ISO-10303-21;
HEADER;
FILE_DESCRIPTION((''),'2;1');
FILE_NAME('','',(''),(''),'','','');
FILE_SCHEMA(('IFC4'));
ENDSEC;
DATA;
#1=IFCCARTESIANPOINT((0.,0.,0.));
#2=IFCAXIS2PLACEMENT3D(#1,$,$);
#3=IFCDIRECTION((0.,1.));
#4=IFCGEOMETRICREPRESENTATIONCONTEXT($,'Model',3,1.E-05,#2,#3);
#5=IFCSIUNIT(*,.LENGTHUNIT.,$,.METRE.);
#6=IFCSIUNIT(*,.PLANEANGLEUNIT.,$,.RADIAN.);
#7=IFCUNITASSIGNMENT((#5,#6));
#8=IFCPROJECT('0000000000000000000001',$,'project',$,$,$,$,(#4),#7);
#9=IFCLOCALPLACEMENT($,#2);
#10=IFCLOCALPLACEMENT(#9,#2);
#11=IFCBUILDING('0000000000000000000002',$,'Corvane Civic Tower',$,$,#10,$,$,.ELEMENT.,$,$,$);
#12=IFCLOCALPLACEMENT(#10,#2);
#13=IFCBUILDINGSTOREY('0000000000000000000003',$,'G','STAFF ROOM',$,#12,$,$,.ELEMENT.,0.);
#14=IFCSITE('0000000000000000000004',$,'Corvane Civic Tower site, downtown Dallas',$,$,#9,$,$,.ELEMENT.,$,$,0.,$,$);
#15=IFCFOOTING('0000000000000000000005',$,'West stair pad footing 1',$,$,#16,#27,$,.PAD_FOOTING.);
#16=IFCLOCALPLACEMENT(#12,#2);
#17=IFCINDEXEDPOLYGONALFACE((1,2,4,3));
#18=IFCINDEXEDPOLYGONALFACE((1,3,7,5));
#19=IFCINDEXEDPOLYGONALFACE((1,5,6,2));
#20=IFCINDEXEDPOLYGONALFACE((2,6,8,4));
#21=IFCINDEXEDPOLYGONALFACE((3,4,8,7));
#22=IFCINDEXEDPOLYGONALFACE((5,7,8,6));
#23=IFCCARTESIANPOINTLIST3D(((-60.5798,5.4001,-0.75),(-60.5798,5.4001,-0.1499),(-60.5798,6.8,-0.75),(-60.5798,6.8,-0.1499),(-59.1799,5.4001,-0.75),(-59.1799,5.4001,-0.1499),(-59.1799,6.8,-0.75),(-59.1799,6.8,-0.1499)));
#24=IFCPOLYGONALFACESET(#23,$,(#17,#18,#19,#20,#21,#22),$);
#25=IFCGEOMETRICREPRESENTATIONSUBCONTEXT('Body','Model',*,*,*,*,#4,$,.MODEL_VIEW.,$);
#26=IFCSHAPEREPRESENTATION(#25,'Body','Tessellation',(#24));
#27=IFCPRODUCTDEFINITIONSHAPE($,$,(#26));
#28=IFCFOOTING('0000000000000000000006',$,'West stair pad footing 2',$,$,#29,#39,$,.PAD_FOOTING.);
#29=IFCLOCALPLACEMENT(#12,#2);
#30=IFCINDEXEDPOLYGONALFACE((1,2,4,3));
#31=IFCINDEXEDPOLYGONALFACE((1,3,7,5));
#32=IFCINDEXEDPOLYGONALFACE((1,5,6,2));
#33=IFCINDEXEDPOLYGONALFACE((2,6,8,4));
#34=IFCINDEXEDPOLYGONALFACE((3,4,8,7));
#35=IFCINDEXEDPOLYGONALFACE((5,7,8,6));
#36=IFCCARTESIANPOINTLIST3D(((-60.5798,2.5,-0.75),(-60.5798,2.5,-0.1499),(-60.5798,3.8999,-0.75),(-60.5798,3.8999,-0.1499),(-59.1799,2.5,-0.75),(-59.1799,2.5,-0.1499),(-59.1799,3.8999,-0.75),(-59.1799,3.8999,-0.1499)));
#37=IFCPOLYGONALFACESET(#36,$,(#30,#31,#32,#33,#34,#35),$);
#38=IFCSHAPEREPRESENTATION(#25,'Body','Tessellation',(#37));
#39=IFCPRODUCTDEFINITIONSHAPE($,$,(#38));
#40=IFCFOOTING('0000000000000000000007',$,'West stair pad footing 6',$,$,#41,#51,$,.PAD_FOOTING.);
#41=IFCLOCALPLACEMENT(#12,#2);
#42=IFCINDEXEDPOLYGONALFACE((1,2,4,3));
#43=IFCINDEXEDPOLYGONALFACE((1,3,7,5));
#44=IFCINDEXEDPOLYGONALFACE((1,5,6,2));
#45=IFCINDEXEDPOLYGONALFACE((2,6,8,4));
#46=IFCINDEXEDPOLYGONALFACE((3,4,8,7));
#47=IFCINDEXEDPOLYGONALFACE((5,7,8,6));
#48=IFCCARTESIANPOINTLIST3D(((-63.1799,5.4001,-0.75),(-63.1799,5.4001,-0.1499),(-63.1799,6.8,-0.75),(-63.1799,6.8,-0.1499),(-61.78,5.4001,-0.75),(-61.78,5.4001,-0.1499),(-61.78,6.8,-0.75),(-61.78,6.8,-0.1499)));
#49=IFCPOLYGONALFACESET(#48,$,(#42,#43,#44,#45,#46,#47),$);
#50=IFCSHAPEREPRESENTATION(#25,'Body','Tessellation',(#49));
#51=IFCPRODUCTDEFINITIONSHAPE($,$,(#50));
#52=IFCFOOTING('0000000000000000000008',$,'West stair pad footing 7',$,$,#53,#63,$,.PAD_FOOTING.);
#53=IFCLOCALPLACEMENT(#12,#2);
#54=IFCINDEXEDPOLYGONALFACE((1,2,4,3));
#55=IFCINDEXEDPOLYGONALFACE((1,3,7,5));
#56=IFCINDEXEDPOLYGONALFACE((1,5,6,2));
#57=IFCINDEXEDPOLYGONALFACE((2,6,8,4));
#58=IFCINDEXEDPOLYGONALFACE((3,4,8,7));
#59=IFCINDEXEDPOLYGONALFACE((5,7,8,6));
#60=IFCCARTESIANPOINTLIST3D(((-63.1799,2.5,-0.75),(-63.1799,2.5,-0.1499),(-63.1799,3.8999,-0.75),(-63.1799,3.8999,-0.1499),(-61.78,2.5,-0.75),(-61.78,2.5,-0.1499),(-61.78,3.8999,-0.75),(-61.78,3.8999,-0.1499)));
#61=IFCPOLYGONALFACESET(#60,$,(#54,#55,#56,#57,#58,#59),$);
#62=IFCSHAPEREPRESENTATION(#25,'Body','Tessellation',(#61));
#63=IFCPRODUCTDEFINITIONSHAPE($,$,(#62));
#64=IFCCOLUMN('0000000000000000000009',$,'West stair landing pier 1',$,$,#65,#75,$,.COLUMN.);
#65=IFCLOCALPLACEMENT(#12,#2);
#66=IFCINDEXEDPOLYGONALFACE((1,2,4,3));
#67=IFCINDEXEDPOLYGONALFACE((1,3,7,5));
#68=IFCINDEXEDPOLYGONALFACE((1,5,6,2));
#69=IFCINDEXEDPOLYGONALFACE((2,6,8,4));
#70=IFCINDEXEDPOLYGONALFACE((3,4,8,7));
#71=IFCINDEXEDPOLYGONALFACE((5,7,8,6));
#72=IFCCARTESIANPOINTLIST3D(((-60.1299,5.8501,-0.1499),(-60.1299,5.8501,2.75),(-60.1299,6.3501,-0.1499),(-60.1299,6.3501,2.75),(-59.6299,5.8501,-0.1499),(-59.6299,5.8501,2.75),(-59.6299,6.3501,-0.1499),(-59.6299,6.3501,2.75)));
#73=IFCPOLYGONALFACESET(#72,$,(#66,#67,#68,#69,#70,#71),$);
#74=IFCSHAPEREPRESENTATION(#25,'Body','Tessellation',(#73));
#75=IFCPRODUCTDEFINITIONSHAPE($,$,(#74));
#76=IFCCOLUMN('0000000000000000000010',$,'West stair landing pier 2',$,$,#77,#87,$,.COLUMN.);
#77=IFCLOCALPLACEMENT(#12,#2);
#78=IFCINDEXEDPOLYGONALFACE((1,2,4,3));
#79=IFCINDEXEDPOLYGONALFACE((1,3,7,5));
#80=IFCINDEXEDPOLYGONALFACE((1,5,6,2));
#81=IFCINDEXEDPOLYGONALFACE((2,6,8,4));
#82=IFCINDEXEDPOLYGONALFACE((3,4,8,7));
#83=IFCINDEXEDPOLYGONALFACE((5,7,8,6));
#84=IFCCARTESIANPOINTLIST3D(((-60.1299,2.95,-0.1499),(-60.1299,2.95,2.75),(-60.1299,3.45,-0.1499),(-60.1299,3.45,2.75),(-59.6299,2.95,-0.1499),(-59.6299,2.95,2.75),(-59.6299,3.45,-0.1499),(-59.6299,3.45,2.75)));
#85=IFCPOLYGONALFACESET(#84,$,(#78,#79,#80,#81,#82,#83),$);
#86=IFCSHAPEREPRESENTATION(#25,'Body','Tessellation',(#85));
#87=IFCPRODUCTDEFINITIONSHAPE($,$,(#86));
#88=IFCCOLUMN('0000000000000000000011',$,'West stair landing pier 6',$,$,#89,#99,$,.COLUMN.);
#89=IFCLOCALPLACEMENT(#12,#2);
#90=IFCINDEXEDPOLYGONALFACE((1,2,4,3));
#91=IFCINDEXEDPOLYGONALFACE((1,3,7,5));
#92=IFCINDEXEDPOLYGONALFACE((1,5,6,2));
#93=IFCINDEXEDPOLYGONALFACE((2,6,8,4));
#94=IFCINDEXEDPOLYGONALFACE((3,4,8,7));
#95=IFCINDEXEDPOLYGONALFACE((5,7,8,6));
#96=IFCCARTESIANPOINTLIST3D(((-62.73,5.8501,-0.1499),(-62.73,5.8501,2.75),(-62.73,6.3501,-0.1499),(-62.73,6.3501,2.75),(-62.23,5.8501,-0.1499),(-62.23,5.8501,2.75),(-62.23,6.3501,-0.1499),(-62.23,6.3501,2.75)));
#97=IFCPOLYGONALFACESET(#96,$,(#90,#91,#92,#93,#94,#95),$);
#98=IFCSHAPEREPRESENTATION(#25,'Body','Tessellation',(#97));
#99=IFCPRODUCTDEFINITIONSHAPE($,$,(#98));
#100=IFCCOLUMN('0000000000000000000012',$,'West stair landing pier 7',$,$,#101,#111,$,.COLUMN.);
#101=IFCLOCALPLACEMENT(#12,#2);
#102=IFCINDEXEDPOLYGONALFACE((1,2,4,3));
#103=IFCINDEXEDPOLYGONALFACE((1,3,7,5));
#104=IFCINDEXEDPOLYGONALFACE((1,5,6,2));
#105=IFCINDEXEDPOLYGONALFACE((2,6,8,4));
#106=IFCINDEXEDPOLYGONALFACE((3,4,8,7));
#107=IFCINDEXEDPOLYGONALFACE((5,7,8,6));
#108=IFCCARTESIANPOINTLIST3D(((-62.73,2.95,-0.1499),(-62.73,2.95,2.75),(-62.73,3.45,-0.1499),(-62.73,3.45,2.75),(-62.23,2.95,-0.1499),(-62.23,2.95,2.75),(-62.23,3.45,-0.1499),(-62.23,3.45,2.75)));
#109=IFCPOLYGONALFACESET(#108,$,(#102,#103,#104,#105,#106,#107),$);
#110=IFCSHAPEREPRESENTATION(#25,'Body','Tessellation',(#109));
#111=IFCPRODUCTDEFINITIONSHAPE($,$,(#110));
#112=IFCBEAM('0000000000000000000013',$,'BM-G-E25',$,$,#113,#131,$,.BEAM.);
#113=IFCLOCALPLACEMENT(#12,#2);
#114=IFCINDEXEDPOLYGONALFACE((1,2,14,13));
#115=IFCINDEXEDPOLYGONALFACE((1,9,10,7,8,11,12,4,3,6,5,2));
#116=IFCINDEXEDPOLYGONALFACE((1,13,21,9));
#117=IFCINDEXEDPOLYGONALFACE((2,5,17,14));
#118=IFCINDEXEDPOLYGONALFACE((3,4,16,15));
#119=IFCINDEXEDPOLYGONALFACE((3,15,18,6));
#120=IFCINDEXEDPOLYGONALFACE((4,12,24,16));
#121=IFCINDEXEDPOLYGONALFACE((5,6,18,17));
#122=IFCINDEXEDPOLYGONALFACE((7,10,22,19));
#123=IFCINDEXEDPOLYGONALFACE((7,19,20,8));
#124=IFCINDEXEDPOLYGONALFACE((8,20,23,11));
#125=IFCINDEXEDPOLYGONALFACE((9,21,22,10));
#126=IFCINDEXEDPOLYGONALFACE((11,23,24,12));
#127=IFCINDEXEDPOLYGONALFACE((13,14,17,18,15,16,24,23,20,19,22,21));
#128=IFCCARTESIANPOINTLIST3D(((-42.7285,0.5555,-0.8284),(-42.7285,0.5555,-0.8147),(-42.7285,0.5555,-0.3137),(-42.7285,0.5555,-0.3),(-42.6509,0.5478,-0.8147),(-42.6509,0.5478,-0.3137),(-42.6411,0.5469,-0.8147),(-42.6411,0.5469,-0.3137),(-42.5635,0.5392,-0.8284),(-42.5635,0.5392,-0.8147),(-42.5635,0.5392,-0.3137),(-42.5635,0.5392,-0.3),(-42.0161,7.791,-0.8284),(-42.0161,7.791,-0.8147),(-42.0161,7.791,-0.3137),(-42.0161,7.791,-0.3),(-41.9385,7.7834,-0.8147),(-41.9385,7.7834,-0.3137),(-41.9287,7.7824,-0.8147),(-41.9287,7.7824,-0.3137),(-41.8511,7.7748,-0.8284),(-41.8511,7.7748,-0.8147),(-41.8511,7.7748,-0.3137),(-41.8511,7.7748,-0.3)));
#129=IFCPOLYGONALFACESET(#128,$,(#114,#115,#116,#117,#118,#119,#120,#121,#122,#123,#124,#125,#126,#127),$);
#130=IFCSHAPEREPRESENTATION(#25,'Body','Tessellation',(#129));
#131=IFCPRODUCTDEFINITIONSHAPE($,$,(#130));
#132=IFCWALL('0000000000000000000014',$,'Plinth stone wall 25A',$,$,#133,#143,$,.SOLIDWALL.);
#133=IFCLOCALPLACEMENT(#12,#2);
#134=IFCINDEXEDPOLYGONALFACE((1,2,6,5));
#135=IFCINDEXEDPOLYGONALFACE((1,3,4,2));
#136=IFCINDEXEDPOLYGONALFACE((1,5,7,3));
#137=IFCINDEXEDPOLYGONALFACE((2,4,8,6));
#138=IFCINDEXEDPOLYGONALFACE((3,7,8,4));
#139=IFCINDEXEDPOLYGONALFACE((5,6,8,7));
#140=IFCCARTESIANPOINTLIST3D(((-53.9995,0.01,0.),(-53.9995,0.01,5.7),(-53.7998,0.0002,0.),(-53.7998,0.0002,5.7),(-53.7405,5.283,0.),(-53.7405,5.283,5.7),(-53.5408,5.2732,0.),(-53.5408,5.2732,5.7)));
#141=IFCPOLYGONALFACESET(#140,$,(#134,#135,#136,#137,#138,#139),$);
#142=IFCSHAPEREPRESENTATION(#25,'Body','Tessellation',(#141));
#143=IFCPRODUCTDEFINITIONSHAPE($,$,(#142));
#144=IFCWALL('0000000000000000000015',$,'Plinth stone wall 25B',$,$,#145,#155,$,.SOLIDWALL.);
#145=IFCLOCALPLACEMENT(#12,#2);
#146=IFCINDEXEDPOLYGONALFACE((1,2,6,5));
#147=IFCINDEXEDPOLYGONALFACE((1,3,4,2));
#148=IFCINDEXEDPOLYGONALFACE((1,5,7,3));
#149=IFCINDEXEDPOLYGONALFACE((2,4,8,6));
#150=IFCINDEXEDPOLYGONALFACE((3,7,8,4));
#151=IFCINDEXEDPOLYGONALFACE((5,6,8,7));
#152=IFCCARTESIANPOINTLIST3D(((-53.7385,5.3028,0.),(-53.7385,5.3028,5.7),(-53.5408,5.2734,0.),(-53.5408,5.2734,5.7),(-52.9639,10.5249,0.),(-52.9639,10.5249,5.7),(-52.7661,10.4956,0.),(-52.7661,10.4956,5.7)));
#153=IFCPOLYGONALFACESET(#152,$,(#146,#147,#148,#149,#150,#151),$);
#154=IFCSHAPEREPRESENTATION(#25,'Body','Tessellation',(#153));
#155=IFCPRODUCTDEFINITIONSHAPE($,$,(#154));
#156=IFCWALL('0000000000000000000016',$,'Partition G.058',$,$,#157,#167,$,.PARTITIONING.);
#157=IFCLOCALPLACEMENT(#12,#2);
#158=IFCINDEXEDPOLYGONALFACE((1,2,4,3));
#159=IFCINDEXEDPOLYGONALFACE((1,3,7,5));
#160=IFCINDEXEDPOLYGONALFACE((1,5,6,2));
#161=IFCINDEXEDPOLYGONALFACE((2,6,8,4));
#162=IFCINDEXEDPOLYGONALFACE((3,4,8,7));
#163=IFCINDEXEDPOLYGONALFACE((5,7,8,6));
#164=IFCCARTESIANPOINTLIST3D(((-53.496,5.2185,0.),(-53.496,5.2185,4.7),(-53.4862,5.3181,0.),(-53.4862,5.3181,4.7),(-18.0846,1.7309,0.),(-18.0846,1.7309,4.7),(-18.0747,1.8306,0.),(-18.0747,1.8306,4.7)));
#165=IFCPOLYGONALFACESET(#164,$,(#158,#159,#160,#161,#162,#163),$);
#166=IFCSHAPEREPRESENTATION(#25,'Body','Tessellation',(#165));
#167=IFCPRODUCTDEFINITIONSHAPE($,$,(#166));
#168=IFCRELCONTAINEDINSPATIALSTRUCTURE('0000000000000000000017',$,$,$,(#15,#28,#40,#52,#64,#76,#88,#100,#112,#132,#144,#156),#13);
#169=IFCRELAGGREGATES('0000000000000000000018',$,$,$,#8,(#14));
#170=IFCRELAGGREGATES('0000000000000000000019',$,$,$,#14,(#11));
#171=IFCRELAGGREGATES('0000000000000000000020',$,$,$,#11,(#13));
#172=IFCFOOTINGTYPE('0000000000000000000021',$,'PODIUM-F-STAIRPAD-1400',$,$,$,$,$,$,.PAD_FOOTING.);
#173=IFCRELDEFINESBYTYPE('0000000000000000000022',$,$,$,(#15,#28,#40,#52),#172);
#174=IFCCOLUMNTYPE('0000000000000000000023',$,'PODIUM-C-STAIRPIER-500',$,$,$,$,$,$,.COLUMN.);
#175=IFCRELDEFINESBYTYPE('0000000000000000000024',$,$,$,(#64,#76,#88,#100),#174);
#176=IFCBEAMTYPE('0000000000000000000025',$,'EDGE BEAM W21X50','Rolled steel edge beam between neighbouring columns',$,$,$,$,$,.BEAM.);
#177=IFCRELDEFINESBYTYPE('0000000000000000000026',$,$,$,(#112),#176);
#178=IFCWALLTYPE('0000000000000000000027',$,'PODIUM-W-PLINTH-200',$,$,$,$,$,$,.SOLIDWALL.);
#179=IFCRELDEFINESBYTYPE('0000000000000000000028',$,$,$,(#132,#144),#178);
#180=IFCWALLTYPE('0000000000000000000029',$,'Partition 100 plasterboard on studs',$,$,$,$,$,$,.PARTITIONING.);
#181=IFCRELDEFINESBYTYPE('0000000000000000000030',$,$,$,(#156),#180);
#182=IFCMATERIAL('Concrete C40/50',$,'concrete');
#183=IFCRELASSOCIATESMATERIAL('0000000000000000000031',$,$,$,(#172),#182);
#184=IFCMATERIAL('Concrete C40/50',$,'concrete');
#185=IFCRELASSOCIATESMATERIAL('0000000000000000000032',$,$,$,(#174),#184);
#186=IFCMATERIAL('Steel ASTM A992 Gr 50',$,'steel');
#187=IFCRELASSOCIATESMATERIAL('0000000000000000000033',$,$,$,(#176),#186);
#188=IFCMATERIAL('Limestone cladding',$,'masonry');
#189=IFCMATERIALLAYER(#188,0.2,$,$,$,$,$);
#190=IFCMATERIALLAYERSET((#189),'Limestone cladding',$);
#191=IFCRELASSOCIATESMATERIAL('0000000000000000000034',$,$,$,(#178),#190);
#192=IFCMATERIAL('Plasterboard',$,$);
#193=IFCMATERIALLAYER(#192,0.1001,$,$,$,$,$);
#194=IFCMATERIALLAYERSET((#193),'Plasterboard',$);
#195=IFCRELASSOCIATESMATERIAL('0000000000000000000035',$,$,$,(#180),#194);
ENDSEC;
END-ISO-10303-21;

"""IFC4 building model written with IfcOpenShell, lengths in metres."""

from ifc_helpers import new_model, si_unit, direction, frame, frame_2d, origin, origin_2d, place, context, subcontext, project, spatial, rectangle, i_section, extrude, material, layer, layer_set, material_profile, profile_set, type_object, element, save


model = new_model("IFC4")

# Units and contexts
model_context = context("Model", 3, precision=1e-05, world=origin(), true_north=direction((0.0, 1.0)))
body_context = subcontext(model_context, "Body", "Model", "MODEL_VIEW")
ifc_project = project(units=[si_unit("LENGTHUNIT", "METRE"), si_unit("PLANEANGLEUNIT", "RADIAN")], contexts=[model_context])

# Site, building, storey
site_placement = place(None, origin())
site = spatial("IfcSite", under=ifc_project, at=site_placement, Name="Corvane Civic Tower site, downtown Dallas", CompositionType="ELEMENT", RefElevation=0.0)
building_placement = place(site_placement, origin())
building = spatial("IfcBuilding", under=site, at=building_placement, Name="Corvane Civic Tower", CompositionType="ELEMENT")
storey_placement = place(building_placement, origin())
storey = spatial("IfcBuildingStorey", under=building, at=storey_placement, Name="G", Description="STAFF ROOM", CompositionType="ELEMENT", Elevation=0.0)

# Footings
ifc_material_1 = material(Name="Concrete C40/50", Category="concrete")
footing_type = type_object("IfcFootingType", Name="PODIUM-F-STAIRPAD-1400", PredefinedType="PAD_FOOTING", material=ifc_material_1)
for number, where, z_axis, x_axis, name in (
    (1, (-59.8799, 6.1001, -0.75), (0.0, 0.0, 1.0), (-1.0, 0.0, 0.0), "West stair pad footing 1"),
    (2, (-59.8799, 3.2, -0.75), (0.0, 0.0, 1.0), (-1.0, 0.0, 0.0), "West stair pad footing 2"),
    (3, (-62.48, 6.1001, -0.75), (0.0, 0.0, 1.0), (-1.0, 0.0, 0.0), "West stair pad footing 6"),
    (4, (-62.48, 3.2, -0.75), (0.0, 0.0, 1.0), (-1.0, 0.0, 0.0), "West stair pad footing 7"),
):
    element("IfcFooting", number, at=place(storey_placement, frame(where, z_axis=z_axis, x_axis=x_axis)), inside=storey, type_object=footing_type, Name=name, PredefinedType="PAD_FOOTING", context=body_context, shape_type="SweptSolid", body=[
        extrude(rectangle(XDim=1.3999, YDim=1.3999, at=origin_2d()), origin(), (0.0, 0.0, 1.0), 0.6001),
    ])

# Columns
ifc_material_2 = material(Name="Concrete C40/50", Category="concrete")
ifc_material_profile_1 = material_profile(ifc_material_2, rectangle(XDim=0.5, YDim=0.5, at=origin_2d()), Name="RC 500x500")
ifc_profile_set_1 = profile_set([ifc_material_profile_1], Name="Concrete C40/50")
column_type = type_object("IfcColumnType", Name="PODIUM-C-STAIRPIER-500", PredefinedType="COLUMN", material=ifc_profile_set_1)
for number, where, z_axis, x_axis, name in (
    (5, (-59.8799, 6.1001, -0.1499), (0.0, 0.0, 1.0), (-1.0, 0.0, 0.0), "West stair landing pier 1"),
    (6, (-59.8799, 3.2, -0.1499), (0.0, 0.0, 1.0), (-1.0, 0.0, 0.0), "West stair landing pier 2"),
    (7, (-62.48, 6.1001, -0.1499), (0.0, 0.0, 1.0), (-1.0, 0.0, 0.0), "West stair landing pier 6"),
    (8, (-62.48, 3.2, -0.1499), (0.0, 0.0, 1.0), (-1.0, 0.0, 0.0), "West stair landing pier 7"),
):
    element("IfcColumn", number, at=place(storey_placement, frame(where, z_axis=z_axis, x_axis=x_axis)), inside=storey, type_object=column_type, Name=name, PredefinedType="COLUMN", context=body_context, shape_type="SweptSolid", body=[
        extrude(rectangle(XDim=0.5, YDim=0.5, at=origin_2d()), origin(), (0.0, 0.0, 1.0), 2.8999),
    ])

# Beam
ifc_material_3 = material(Name="Steel ASTM A992 Gr 50", Category="steel")
ifc_material_profile_2 = material_profile(ifc_material_3, i_section(OverallWidth=0.1658, OverallDepth=0.5283, WebThickness=0.0098, FlangeThickness=0.0137, at=origin_2d()), Name="W21X50")
ifc_profile_set_2 = profile_set([ifc_material_profile_2], Name="Steel ASTM A992 Gr 50")
beam_type = type_object("IfcBeamType", Name="EDGE BEAM W21X50", Description="Rolled steel edge beam between neighbouring columns", PredefinedType="BEAM", material=ifc_profile_set_2)
beam_placement = place(storey_placement, frame((-42.646, 0.5474, -0.5642), z_axis=(0.097984, 0.995188, 0.0), x_axis=(-0.995188, 0.097984, 0.0)))
element("IfcBeam", 9, at=beam_placement, inside=storey, type_object=beam_type, Name="BM-G-E25", PredefinedType="BEAM", context=body_context, shape_type="SweptSolid", body=[
    extrude(i_section(OverallWidth=0.1658, OverallDepth=0.5283, WebThickness=0.0098, FlangeThickness=0.0137, at=origin_2d()), origin(), (0.0, 0.0, 1.0), 7.2705),
])

# Walls
ifc_material_4 = material(Name="Limestone cladding", Category="masonry")
ifc_layer_1 = layer(ifc_material_4, 0.2)
ifc_layer_set_1 = layer_set([ifc_layer_1], Name="Limestone cladding")
wall_type_1 = type_object("IfcWallType", Name="PODIUM-W-PLINTH-200", PredefinedType="SOLIDWALL", material=ifc_layer_set_1)
for number, where, z_axis, x_axis, name in (
    (10, (-53.8997, 0.0051, 0.0), (0.0, 0.0, 1.0), (0.049066, 0.998796, 0.0), "Plinth stone wall 25A"),
    (11, (-53.6396, 5.2881, 0.0), (0.0, 0.0, 1.0), (0.146735, 0.989176, 0.0), "Plinth stone wall 25B"),
):
    element("IfcWall", number, at=place(storey_placement, frame(where, z_axis=z_axis, x_axis=x_axis)), inside=storey, type_object=wall_type_1, Name=name, PredefinedType="SOLIDWALL", context=body_context, shape_type="SweptSolid", body=[
        extrude(rectangle(XDim=5.2793, YDim=0.2, at=frame_2d((2.6396, 0.0))), origin(), (0.0, 0.0, 1.0), 5.7),
    ])
ifc_material_5 = material(Name="Plasterboard")
ifc_layer_2 = layer(ifc_material_5, 0.1001)
ifc_layer_set_2 = layer_set([ifc_layer_2], Name="Plasterboard")
wall_type_2 = type_object("IfcWallType", Name="Partition 100 plasterboard on studs", PredefinedType="PARTITIONING", material=ifc_layer_set_2)
wall_placement = place(storey_placement, frame((-53.4912, 5.2683, 0.0), z_axis=(0.0, 0.0, 1.0), x_axis=(0.995185, -0.098012, 0.0)))
element("IfcWall", 12, at=wall_placement, inside=storey, type_object=wall_type_2, Name="Partition G.058", PredefinedType="PARTITIONING", context=body_context, shape_type="SweptSolid", body=[
    extrude(rectangle(XDim=35.5828, YDim=0.1001, at=frame_2d((17.7915, 0.0))), origin(), (0.0, 0.0, 1.0), 4.7),
])

save(model, "model.ifc")
